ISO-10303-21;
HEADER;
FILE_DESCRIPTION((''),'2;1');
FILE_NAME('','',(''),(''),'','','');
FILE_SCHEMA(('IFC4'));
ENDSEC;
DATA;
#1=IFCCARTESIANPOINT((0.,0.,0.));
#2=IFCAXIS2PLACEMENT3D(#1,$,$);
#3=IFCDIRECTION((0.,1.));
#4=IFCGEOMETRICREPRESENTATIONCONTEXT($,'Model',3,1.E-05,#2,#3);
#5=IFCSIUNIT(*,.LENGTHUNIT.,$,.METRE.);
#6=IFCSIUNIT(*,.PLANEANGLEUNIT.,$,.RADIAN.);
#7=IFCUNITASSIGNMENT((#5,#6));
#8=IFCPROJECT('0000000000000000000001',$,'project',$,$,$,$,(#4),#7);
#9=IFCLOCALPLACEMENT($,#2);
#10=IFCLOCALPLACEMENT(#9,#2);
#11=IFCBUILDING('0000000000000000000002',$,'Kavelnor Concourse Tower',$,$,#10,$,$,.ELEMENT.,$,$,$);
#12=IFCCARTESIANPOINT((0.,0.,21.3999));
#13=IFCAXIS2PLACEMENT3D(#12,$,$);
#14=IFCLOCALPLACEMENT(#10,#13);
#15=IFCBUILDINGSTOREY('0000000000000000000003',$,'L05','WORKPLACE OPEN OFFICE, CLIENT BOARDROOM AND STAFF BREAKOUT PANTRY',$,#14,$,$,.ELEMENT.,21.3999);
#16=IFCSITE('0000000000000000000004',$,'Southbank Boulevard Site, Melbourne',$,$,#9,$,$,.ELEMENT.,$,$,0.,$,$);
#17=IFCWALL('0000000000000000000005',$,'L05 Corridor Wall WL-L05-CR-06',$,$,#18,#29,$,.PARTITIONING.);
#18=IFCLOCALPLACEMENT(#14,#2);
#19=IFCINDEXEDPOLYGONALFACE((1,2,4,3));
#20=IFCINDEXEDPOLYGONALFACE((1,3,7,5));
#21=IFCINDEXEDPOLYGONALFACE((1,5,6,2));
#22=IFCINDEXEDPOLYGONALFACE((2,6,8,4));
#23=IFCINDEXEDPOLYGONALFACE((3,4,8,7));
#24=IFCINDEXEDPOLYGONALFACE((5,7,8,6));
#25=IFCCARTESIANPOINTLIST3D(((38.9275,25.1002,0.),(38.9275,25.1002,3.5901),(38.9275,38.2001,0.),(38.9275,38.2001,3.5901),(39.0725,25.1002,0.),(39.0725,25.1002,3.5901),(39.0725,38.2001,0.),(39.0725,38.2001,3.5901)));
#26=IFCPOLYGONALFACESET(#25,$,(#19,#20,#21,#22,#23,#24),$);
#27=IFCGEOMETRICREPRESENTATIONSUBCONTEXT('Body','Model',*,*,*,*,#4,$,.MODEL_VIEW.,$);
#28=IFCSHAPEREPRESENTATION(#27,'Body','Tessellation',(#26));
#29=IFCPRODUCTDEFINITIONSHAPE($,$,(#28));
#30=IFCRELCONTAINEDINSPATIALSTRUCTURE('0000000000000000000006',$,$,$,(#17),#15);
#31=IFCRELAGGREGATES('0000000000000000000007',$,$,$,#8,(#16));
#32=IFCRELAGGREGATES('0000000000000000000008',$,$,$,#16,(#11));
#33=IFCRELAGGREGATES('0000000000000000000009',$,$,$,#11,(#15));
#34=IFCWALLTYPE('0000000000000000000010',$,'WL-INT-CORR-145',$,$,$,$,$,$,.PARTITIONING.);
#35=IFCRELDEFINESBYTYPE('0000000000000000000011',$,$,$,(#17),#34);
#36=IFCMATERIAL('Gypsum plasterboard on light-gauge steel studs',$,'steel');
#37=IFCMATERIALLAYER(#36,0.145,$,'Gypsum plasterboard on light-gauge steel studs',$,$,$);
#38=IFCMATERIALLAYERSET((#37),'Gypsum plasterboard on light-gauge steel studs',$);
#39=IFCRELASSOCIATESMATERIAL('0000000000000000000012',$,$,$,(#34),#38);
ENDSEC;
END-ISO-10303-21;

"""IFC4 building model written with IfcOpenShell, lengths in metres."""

from ifc_helpers import new_model, si_unit, direction, frame, frame_2d, origin, place, context, subcontext, project, spatial, rectangle, extrude, material, layer, layer_set, type_object, element, save


model = new_model("IFC4")

# Units and contexts
model_context = context("Model", 3, precision=1e-05, world=origin(), true_north=direction((0.0, 1.0)))
body_context = subcontext(model_context, "Body", "Model", "MODEL_VIEW")
ifc_project = project(units=[si_unit("LENGTHUNIT", "METRE"), si_unit("PLANEANGLEUNIT", "RADIAN")], contexts=[model_context])

# Site, building, storey
site_placement = place(None, origin())
site = spatial("IfcSite", under=ifc_project, at=site_placement, Name="Southbank Boulevard Site, Melbourne", CompositionType="ELEMENT", RefElevation=0.0)
building_placement = place(site_placement, origin())
building = spatial("IfcBuilding", under=site, at=building_placement, Name="Kavelnor Concourse Tower", CompositionType="ELEMENT")
storey_placement = place(building_placement, frame((0.0, 0.0, 21.3999)))
storey = spatial("IfcBuildingStorey", under=building, at=storey_placement, Name="L05", Description="WORKPLACE OPEN OFFICE, CLIENT BOARDROOM AND STAFF BREAKOUT PANTRY", CompositionType="ELEMENT", Elevation=21.3999)

# Wall
ifc_material_1 = material(Name="Gypsum plasterboard on light-gauge steel studs", Category="steel")
ifc_layer_1 = layer(ifc_material_1, 0.145, Name="Gypsum plasterboard on light-gauge steel studs")
ifc_layer_set_1 = layer_set([ifc_layer_1], Name="Gypsum plasterboard on light-gauge steel studs")
wall_type_1 = type_object("IfcWallType", Name="WL-INT-CORR-145", PredefinedType="PARTITIONING", material=ifc_layer_set_1)
wall_1_placement = place(storey_placement, frame((39.0, 38.2, 0.0), z_axis=(0.0, 0.0, 1.0), x_axis=(0.0, -1.0, 0.0)))
element("IfcWall", 1, at=wall_1_placement, inside=storey, type_object=wall_type_1, Name="L05 Corridor Wall WL-L05-CR-06", PredefinedType="PARTITIONING", context=body_context, shape_type="SweptSolid", body=[
    extrude(rectangle(XDim=13.0999, YDim=0.145, at=frame_2d((6.5498, 0.0))), origin(), (0.0, 0.0, 1.0), 3.5901),
])

save(model, "model.ifc")
